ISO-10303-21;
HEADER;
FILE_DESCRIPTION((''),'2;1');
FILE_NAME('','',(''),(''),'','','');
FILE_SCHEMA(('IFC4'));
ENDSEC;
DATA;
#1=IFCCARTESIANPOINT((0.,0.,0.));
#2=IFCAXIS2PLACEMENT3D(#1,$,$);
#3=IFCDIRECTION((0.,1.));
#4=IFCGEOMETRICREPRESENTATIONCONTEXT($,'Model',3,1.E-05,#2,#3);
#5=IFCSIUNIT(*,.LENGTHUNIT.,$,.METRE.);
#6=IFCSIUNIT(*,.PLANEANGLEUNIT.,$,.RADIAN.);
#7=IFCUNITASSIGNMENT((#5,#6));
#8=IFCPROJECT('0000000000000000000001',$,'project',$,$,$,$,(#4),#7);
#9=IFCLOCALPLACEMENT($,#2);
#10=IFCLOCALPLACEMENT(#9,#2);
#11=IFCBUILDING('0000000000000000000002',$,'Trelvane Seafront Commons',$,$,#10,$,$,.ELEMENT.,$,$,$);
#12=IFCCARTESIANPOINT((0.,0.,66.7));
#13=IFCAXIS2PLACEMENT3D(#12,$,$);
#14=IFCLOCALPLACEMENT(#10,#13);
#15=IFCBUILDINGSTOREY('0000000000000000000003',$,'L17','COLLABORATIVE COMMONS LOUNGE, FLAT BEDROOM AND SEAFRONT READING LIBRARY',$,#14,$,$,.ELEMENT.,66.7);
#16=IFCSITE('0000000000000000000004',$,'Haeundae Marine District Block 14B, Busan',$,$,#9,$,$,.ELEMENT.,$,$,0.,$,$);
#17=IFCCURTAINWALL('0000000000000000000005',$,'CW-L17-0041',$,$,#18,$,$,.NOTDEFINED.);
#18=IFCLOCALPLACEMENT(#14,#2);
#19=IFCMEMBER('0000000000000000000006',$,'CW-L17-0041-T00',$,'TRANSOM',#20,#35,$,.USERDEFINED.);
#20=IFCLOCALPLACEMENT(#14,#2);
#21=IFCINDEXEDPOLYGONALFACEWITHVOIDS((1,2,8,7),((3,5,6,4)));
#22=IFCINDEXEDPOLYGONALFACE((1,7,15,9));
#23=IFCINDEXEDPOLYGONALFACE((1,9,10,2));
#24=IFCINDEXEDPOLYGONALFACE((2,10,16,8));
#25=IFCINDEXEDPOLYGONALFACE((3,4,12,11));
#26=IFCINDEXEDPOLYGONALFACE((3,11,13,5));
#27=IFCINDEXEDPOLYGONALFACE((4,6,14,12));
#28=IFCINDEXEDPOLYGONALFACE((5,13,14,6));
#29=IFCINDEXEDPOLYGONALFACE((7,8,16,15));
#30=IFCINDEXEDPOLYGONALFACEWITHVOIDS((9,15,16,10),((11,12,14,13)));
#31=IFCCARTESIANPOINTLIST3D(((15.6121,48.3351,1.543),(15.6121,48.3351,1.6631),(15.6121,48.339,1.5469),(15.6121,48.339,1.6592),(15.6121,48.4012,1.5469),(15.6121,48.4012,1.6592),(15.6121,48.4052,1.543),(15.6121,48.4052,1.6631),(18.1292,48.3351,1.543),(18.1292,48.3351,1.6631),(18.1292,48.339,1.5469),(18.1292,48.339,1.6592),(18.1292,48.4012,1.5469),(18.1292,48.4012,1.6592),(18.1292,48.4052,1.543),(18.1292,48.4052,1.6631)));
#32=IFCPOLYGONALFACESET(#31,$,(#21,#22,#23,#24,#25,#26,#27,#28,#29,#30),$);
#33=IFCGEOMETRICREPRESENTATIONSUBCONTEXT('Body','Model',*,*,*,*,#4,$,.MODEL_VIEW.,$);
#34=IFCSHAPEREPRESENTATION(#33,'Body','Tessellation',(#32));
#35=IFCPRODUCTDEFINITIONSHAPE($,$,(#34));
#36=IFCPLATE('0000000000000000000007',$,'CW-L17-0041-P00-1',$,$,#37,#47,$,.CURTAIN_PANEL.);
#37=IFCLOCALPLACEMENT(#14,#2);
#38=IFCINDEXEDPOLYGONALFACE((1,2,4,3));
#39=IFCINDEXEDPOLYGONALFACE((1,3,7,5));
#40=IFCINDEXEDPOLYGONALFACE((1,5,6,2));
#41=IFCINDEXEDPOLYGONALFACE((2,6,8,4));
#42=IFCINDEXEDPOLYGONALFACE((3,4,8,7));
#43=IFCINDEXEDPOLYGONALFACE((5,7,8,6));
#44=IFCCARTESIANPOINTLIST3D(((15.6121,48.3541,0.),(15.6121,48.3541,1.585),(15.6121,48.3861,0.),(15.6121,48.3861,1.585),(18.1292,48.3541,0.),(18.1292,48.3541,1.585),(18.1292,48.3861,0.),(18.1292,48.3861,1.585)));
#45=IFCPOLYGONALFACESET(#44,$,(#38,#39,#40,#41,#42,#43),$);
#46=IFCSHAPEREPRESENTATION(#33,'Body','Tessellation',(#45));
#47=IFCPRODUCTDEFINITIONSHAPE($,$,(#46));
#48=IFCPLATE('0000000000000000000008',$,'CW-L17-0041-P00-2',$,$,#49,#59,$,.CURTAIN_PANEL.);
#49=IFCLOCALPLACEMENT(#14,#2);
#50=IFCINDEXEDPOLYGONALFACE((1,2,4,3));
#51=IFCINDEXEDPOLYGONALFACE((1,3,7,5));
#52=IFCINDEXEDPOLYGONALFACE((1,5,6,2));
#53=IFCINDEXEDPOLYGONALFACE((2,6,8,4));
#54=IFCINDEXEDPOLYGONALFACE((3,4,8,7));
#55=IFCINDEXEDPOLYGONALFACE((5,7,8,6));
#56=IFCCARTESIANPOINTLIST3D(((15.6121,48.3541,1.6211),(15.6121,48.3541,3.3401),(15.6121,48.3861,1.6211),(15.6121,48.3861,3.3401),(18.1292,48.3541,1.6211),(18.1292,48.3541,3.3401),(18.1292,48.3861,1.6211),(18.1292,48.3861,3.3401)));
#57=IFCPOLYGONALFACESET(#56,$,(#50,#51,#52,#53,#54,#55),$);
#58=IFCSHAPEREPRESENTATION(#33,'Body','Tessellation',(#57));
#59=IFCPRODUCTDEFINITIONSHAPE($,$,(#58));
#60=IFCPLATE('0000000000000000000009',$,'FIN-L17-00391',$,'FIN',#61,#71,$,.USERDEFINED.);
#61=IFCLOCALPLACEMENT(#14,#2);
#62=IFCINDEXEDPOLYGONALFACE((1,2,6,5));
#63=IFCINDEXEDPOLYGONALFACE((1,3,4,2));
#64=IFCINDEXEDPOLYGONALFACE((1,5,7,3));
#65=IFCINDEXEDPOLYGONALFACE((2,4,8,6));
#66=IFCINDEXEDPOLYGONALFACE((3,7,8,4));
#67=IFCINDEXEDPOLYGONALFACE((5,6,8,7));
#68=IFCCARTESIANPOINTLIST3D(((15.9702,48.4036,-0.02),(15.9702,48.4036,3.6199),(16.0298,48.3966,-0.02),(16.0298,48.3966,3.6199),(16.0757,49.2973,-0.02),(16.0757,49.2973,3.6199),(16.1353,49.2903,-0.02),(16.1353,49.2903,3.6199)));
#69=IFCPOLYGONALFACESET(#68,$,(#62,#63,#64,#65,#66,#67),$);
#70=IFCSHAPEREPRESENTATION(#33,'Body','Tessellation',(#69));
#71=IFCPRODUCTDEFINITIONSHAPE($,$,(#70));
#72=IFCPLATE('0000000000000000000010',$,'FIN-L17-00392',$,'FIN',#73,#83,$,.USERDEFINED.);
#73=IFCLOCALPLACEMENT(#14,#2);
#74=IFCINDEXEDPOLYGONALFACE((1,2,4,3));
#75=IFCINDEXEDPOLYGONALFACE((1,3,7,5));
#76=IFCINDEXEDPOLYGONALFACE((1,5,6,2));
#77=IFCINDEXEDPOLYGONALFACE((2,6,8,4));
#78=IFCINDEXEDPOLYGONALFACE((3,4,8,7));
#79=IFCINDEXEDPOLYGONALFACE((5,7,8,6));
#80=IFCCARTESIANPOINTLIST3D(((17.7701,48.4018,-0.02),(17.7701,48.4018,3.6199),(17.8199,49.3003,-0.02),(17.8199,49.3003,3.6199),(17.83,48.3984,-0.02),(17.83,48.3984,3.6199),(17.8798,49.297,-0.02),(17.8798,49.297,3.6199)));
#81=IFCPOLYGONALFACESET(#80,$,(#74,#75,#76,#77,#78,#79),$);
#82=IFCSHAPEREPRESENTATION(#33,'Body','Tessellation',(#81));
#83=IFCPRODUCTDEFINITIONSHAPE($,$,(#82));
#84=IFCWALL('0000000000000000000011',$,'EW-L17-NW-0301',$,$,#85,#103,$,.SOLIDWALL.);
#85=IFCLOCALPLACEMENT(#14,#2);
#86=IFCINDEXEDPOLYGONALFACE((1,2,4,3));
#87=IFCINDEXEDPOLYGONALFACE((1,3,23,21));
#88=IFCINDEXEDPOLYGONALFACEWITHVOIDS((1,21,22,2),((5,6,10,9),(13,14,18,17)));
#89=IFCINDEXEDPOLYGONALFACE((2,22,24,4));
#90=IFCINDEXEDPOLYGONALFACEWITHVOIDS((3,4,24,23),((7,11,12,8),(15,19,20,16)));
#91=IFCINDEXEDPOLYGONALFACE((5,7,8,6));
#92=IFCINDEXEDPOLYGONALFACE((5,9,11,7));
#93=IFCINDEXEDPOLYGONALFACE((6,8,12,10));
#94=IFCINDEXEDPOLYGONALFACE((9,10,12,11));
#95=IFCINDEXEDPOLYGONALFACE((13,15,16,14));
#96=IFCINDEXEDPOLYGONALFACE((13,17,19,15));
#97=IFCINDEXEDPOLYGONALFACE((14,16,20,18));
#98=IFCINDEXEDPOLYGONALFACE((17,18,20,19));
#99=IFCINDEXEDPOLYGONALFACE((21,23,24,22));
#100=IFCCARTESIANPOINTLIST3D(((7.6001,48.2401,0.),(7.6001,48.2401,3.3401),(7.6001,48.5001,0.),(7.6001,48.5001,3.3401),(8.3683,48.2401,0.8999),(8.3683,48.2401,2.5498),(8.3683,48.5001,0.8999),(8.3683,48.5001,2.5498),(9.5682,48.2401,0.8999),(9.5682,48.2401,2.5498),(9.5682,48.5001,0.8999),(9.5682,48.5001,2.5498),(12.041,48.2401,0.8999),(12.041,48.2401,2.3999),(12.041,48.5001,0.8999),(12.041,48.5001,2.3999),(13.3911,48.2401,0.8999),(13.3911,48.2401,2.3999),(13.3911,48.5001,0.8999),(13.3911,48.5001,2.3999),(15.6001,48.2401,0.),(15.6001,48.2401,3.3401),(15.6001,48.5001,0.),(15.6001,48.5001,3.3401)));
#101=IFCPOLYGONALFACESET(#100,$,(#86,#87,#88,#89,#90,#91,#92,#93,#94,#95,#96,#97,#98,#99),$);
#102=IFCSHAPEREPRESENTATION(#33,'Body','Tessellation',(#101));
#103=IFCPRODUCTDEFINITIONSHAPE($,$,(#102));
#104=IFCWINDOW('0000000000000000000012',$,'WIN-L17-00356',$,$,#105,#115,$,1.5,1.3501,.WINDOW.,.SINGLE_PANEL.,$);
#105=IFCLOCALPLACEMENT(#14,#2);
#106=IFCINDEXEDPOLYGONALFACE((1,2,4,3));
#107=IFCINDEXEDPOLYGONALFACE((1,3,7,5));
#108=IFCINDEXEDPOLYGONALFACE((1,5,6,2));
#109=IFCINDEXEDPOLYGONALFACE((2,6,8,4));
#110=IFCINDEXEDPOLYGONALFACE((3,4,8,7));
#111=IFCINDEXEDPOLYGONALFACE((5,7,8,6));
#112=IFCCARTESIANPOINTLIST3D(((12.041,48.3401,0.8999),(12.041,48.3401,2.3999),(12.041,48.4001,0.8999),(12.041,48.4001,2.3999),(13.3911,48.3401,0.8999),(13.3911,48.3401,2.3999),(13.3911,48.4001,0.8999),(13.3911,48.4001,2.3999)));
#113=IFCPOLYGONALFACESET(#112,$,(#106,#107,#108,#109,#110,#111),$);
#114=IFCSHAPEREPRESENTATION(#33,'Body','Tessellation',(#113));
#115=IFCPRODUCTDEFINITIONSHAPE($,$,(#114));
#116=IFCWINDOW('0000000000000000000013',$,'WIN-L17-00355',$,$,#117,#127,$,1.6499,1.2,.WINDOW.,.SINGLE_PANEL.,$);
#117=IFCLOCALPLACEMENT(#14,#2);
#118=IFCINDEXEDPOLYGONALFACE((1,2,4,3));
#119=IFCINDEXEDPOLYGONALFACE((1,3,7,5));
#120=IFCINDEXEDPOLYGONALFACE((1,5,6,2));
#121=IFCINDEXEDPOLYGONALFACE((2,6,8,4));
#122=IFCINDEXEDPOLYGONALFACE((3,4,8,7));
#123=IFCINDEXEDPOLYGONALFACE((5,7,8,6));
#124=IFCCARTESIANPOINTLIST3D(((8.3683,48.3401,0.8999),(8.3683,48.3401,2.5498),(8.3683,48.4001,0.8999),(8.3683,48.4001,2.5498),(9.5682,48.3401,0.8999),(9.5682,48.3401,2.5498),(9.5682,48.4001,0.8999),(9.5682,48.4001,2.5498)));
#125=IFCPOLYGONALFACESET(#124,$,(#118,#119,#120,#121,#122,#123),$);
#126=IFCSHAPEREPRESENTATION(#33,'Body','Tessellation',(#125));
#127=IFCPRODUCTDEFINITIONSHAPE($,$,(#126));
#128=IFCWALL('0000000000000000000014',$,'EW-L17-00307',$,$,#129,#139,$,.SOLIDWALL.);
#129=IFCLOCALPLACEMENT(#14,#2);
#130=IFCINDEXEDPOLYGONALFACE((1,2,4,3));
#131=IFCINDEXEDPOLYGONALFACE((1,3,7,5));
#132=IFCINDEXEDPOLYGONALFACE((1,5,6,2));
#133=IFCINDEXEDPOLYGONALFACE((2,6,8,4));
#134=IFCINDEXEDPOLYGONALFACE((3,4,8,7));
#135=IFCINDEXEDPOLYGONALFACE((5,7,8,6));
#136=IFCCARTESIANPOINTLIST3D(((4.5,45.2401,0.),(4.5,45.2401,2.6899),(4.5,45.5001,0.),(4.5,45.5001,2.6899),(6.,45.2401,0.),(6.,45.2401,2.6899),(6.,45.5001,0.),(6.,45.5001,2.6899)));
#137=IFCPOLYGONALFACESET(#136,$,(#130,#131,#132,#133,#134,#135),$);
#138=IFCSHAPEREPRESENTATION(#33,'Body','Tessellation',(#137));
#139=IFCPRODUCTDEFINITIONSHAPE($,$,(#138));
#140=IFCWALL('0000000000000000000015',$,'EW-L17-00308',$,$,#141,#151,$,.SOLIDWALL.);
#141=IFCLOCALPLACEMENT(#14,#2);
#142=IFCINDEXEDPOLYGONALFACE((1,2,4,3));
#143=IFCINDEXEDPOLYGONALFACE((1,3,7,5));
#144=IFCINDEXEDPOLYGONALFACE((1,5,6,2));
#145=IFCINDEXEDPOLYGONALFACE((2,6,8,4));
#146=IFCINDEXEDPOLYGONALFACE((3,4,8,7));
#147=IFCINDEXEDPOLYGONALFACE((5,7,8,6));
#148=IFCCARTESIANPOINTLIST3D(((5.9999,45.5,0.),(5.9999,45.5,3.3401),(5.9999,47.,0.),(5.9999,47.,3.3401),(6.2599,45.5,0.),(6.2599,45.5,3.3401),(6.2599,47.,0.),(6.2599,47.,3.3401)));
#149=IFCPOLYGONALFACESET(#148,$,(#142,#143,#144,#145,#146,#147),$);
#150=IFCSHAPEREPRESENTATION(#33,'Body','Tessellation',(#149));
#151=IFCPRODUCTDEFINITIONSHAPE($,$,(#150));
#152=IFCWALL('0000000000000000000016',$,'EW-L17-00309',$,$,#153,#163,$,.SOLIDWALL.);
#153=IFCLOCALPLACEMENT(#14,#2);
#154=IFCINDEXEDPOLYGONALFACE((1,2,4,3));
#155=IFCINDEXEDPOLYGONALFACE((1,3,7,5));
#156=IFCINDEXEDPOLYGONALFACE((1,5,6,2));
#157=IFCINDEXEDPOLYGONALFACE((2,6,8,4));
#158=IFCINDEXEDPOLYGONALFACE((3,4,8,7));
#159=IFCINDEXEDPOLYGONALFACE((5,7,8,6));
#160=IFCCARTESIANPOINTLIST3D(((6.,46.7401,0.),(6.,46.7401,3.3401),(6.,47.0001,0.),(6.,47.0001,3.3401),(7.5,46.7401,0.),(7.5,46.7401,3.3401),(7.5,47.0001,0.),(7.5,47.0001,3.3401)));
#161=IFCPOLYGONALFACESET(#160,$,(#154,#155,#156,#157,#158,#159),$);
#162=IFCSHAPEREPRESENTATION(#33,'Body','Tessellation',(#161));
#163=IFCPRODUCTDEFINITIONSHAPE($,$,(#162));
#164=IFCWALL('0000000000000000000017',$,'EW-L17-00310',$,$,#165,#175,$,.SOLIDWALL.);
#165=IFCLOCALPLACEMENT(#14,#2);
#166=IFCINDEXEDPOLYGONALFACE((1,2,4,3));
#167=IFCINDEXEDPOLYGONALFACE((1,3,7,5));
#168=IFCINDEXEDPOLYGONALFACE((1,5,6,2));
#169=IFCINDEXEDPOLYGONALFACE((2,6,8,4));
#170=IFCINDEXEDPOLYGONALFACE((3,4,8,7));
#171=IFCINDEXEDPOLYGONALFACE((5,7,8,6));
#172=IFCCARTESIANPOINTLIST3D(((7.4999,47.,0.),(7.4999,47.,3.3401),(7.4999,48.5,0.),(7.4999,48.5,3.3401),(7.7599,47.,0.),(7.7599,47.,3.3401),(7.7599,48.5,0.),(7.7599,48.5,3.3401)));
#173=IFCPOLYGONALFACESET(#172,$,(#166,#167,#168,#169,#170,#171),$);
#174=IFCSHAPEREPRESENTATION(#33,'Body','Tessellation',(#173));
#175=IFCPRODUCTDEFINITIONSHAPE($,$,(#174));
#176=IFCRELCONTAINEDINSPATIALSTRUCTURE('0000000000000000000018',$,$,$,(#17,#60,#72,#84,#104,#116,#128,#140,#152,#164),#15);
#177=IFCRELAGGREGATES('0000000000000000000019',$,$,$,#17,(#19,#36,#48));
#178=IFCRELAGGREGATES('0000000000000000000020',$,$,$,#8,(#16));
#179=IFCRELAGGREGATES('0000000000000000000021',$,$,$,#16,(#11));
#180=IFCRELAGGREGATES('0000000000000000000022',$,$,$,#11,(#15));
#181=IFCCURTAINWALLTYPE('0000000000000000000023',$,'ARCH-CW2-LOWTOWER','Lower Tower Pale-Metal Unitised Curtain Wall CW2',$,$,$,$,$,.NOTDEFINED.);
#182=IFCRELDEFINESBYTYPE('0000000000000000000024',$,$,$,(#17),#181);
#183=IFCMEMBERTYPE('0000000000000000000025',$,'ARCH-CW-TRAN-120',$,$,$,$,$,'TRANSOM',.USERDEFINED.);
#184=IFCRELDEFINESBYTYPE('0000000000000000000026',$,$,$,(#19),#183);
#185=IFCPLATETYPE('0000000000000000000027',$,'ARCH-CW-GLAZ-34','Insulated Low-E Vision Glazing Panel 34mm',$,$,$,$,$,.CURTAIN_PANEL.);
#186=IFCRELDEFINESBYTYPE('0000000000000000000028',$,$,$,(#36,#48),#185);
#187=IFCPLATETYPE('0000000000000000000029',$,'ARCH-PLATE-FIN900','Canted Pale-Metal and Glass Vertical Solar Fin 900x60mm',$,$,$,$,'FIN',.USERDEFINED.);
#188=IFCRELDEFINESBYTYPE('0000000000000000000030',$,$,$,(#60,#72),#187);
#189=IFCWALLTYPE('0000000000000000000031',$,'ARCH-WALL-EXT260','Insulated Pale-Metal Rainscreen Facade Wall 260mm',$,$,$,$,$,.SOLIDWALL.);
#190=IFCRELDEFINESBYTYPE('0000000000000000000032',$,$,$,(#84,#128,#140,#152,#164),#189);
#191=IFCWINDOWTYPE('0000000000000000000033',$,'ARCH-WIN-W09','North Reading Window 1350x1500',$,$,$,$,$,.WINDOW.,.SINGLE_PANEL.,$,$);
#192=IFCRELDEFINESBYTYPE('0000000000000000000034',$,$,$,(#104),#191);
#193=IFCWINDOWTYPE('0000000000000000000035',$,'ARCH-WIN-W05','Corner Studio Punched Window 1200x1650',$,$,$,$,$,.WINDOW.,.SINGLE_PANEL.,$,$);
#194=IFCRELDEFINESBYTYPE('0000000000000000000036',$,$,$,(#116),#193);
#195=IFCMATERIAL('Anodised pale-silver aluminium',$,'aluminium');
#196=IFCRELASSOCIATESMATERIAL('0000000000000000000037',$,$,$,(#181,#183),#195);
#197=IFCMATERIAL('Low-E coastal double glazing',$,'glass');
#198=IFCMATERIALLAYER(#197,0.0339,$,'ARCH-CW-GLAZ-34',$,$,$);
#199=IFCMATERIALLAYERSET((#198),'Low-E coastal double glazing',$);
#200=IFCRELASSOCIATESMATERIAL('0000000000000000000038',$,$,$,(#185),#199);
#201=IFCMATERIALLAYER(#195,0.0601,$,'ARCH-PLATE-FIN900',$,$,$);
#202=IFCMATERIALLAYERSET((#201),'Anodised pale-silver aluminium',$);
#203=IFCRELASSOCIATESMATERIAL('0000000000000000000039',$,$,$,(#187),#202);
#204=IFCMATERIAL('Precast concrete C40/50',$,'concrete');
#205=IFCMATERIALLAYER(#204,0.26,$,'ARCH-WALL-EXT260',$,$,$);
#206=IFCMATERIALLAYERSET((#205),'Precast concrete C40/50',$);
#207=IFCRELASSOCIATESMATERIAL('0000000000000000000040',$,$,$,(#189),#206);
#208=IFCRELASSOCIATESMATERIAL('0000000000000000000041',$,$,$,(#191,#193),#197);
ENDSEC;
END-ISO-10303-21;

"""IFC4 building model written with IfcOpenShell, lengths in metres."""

from ifc_helpers import new_model, si_unit, direction, frame, frame_2d, origin, origin_2d, place, context, subcontext, project, spatial, rectangle, hollow_rectangle, extrude, source, transform, mapped, material, layer, layer_set, material_profile, profile_set, type_object, element, fill, aggregate, save


model = new_model("IFC4")

# Units and contexts
model_context = context("Model", 3, precision=1e-05, world=origin(), true_north=direction((0.0, 1.0)))
body_context = subcontext(model_context, "Body", "Model", "MODEL_VIEW")
ifc_project = project(units=[si_unit("LENGTHUNIT", "METRE"), si_unit("PLANEANGLEUNIT", "RADIAN")], contexts=[model_context])

# Site, building, storey
site_placement = place(None, origin())
site = spatial("IfcSite", under=ifc_project, at=site_placement, Name="Haeundae Marine District Block 14B, Busan", CompositionType="ELEMENT", RefElevation=0.0)
building_placement = place(site_placement, origin())
building = spatial("IfcBuilding", under=site, at=building_placement, Name="Trelvane Seafront Commons", CompositionType="ELEMENT")
storey_placement = place(building_placement, frame((0.0, 0.0, 66.7)))
storey = spatial("IfcBuildingStorey", under=building, at=storey_placement, Name="L17", Description="COLLABORATIVE COMMONS LOUNGE, FLAT BEDROOM AND SEAFRONT READING LIBRARY", CompositionType="ELEMENT", Elevation=66.7)

# Curtain wall, member, plates
ifc_material_1 = material(Name="Anodised pale-silver aluminium", Category="aluminium")
curtain_wall_type = type_object("IfcCurtainWallType", Name="ARCH-CW2-LOWTOWER", Description="Lower Tower Pale-Metal Unitised Curtain Wall CW2", PredefinedType="NOTDEFINED", material=ifc_material_1)
curtain_wall_placement = place(storey_placement, origin())
curtain_wall = element("IfcCurtainWall", 1, at=curtain_wall_placement, inside=storey, type_object=curtain_wall_type, Name="CW-L17-0041", PredefinedType="NOTDEFINED")
ifc_material_profile_1 = material_profile(ifc_material_1, hollow_rectangle(XDim=0.0701, YDim=0.1201, WallThickness=0.0039, at=origin_2d()), Name="TRAN-70x120x4")
ifc_profile_set_1 = profile_set([ifc_material_profile_1], Name="Anodised pale-silver aluminium")
member_type_1 = type_object("IfcMemberType", Name="ARCH-CW-TRAN-120", ElementType="TRANSOM", PredefinedType="USERDEFINED", material=ifc_profile_set_1)
shared_shape_1 = source(origin(), body_context, "Body", "SweptSolid", [
    extrude(hollow_rectangle(XDim=0.0701, YDim=0.1201, WallThickness=0.0039, at=origin_2d()), origin(), (0.0, 0.0, 1.0), 2.5171),
])
member_1_placement = place(storey_placement, frame((15.6121, 48.3701, 1.603), z_axis=(1.0, 0.0, 0.0), x_axis=(0.0, 1.0, 0.0)))
member_1 = element("IfcMember", 2, at=member_1_placement, type_object=member_type_1, Name="CW-L17-0041-T00", ObjectType="TRANSOM", PredefinedType="USERDEFINED", context=body_context, shape_type="MappedRepresentation", body=[
    mapped(shared_shape_1, transform((0.0, 0.0, 0.0), x_axis=(1.0, 0.0, 0.0), y_axis=(0.0, 1.0, 0.0), z_axis=(0.0, 0.0, 1.0), scale=1.0)),
])
ifc_material_2 = material(Name="Low-E coastal double glazing", Category="glass")
ifc_layer_1 = layer(ifc_material_2, 0.0339, Name="ARCH-CW-GLAZ-34")
ifc_layer_set_1 = layer_set([ifc_layer_1], Name="Low-E coastal double glazing")
plate_type_1 = type_object("IfcPlateType", Name="ARCH-CW-GLAZ-34", Description="Insulated Low-E Vision Glazing Panel 34mm", PredefinedType="CURTAIN_PANEL", material=ifc_layer_set_1)
shared_shape_2 = source(origin(), body_context, "Body", "SweptSolid", [
    extrude(rectangle(XDim=2.5171, YDim=0.032, at=origin_2d()), origin(), (0.0, 0.0, 1.0), 1.585),
])
plate_1_placement = place(storey_placement, frame((16.8706, 48.3701, 0.0), z_axis=(0.0, 0.0, 1.0), x_axis=(1.0, 0.0, 0.0)))
plate_1 = element("IfcPlate", 3, at=plate_1_placement, type_object=plate_type_1, Name="CW-L17-0041-P00-1", PredefinedType="CURTAIN_PANEL", context=body_context, shape_type="MappedRepresentation", body=[
    mapped(shared_shape_2, transform((0.0, 0.0, 0.0), x_axis=(1.0, 0.0, 0.0), y_axis=(0.0, 1.0, 0.0), z_axis=(0.0, 0.0, 1.0), scale=1.0)),
])
shared_shape_3 = source(origin(), body_context, "Body", "SweptSolid", [
    extrude(rectangle(XDim=2.5171, YDim=0.032, at=origin_2d()), origin(), (0.0, 0.0, 1.0), 1.719),
])
plate_2_placement = place(storey_placement, frame((16.8706, 48.3701, 1.6211), z_axis=(0.0, 0.0, 1.0), x_axis=(1.0, 0.0, 0.0)))
plate_2 = element("IfcPlate", 4, at=plate_2_placement, type_object=plate_type_1, Name="CW-L17-0041-P00-2", PredefinedType="CURTAIN_PANEL", context=body_context, shape_type="MappedRepresentation", body=[
    mapped(shared_shape_3, transform((0.0, 0.0, 0.0), x_axis=(1.0, 0.0, 0.0), y_axis=(0.0, 1.0, 0.0), z_axis=(0.0, 0.0, 1.0), scale=1.0)),
])
aggregate(curtain_wall, [member_1, plate_1, plate_2])

# Plates
ifc_layer_2 = layer(ifc_material_1, 0.0601, Name="ARCH-PLATE-FIN900")
ifc_layer_set_2 = layer_set([ifc_layer_2], Name="Anodised pale-silver aluminium")
plate_type_2 = type_object("IfcPlateType", Name="ARCH-PLATE-FIN900", Description="Canted Pale-Metal and Glass Vertical Solar Fin 900x60mm", ElementType="FIN", PredefinedType="USERDEFINED", material=ifc_layer_set_2)
shared_shape_4 = source(origin(), body_context, "Body", "SweptSolid", [
    extrude(rectangle(XDim=0.8999, YDim=0.0601, at=origin_2d()), origin(), (0.0, 0.0, 1.0), 3.6399),
])
for number, where, z_axis, x_axis, name in (
    (5, (16.0527, 48.8469, -0.02), (0.0, 0.0, 1.0), (0.117222, 0.993106, 0.0), "FIN-L17-00391"),
    (6, (17.825, 48.8494, -0.02), (0.0, 0.0, 1.0), (0.055335, 0.998468, 0.0), "FIN-L17-00392"),
):
    element("IfcPlate", number, at=place(storey_placement, frame(where, z_axis=z_axis, x_axis=x_axis)), inside=storey, type_object=plate_type_2, Name=name, ObjectType="FIN", PredefinedType="USERDEFINED", context=body_context, shape_type="MappedRepresentation", body=[
        mapped(shared_shape_4, transform((0.0, 0.0, 0.0), x_axis=(1.0, 0.0, 0.0), y_axis=(0.0, 1.0, 0.0), z_axis=(0.0, 0.0, 1.0), scale=1.0)),
    ])

# Wall, openings, windows
ifc_material_3 = material(Name="Precast concrete C40/50", Category="concrete")
ifc_layer_3 = layer(ifc_material_3, 0.26, Name="ARCH-WALL-EXT260")
ifc_layer_set_3 = layer_set([ifc_layer_3], Name="Precast concrete C40/50")
wall_type_1 = type_object("IfcWallType", Name="ARCH-WALL-EXT260", Description="Insulated Pale-Metal Rainscreen Facade Wall 260mm", PredefinedType="SOLIDWALL", material=ifc_layer_set_3)
wall_1_placement = place(storey_placement, frame((7.6001, 48.3701, 0.0), z_axis=(0.0, 0.0, 1.0), x_axis=(1.0, 0.0, 0.0)))
wall_1 = element("IfcWall", 7, at=wall_1_placement, inside=storey, type_object=wall_type_1, Name="EW-L17-NW-0301", PredefinedType="SOLIDWALL", context=body_context, shape_type="SweptSolid", body=[
    extrude(rectangle(XDim=8.0, YDim=0.26, at=frame_2d((4.0, 0.0))), origin(), (0.0, 0.0, 1.0), 3.3401),
])
opening_1_placement = place(wall_1_placement, frame((0.7681, 0.0, 0.8999)))
opening_1 = element("IfcOpeningElement", 8, at=opening_1_placement, cuts=wall_1, PredefinedType="OPENING", context=body_context, shape_type="SweptSolid", body=[
    extrude(rectangle(XDim=1.2, YDim=1.6499, at=frame_2d((0.6001, 0.825))), frame((0.0, 0.1399, 0.0), z_axis=(0.0, -1.0, 0.0), x_axis=(1.0, 0.0, 0.0)), (0.0, 0.0, 1.0), 0.28),
])
opening_2_placement = place(wall_1_placement, frame((4.4409, 0.0, 0.8999)))
opening_2 = element("IfcOpeningElement", 9, at=opening_2_placement, cuts=wall_1, PredefinedType="OPENING", context=body_context, shape_type="SweptSolid", body=[
    extrude(rectangle(XDim=1.3501, YDim=1.5, at=frame_2d((0.675, 0.75))), frame((0.0, 0.1399, 0.0), z_axis=(0.0, -1.0, 0.0), x_axis=(1.0, 0.0, 0.0)), (0.0, 0.0, 1.0), 0.28),
])
window_type_1 = type_object("IfcWindowType", Name="ARCH-WIN-W09", Description="North Reading Window 1350x1500", PartitioningType="SINGLE_PANEL", PredefinedType="WINDOW", material=ifc_material_2)
shared_shape_5 = source(origin(), body_context, "Body", "SweptSolid", [
    extrude(rectangle(XDim=1.3501, YDim=1.5, at=frame_2d((0.675, 0.75))), frame((0.0, 0.03, 0.0), z_axis=(0.0, -1.0, 0.0), x_axis=(1.0, 0.0, 0.0)), (0.0, 0.0, 1.0), 0.0601),
])
window_1_placement = place(opening_2_placement, origin())
window_1 = element("IfcWindow", 10, at=window_1_placement, inside=storey, type_object=window_type_1, Name="WIN-L17-00356", OverallHeight=1.5, OverallWidth=1.3501, PartitioningType="SINGLE_PANEL", PredefinedType="WINDOW", context=body_context, shape_type="MappedRepresentation", body=[
    mapped(shared_shape_5, transform((0.0, 0.0, 0.0), x_axis=(1.0, 0.0, 0.0), y_axis=(0.0, 1.0, 0.0), z_axis=(0.0, 0.0, 1.0), scale=1.0)),
])
fill(opening_2, window_1)
window_type_2 = type_object("IfcWindowType", Name="ARCH-WIN-W05", Description="Corner Studio Punched Window 1200x1650", PartitioningType="SINGLE_PANEL", PredefinedType="WINDOW", material=ifc_material_2)
shared_shape_6 = source(origin(), body_context, "Body", "SweptSolid", [
    extrude(rectangle(XDim=1.2, YDim=1.6499, at=frame_2d((0.6001, 0.825))), frame((0.0, 0.03, 0.0), z_axis=(0.0, -1.0, 0.0), x_axis=(1.0, 0.0, 0.0)), (0.0, 0.0, 1.0), 0.0601),
])
window_2_placement = place(opening_1_placement, origin())
window_2 = element("IfcWindow", 11, at=window_2_placement, inside=storey, type_object=window_type_2, Name="WIN-L17-00355", OverallHeight=1.6499, OverallWidth=1.2, PartitioningType="SINGLE_PANEL", PredefinedType="WINDOW", context=body_context, shape_type="MappedRepresentation", body=[
    mapped(shared_shape_6, transform((0.0, 0.0, 0.0), x_axis=(1.0, 0.0, 0.0), y_axis=(0.0, 1.0, 0.0), z_axis=(0.0, 0.0, 1.0), scale=1.0)),
])
fill(opening_1, window_2)

# Walls
wall_2_placement = place(storey_placement, frame((4.5, 45.3701, 0.0), z_axis=(0.0, 0.0, 1.0), x_axis=(1.0, 0.0, 0.0)))
element("IfcWall", 12, at=wall_2_placement, inside=storey, type_object=wall_type_1, Name="EW-L17-00307", PredefinedType="SOLIDWALL", context=body_context, shape_type="SweptSolid", body=[
    extrude(rectangle(XDim=1.5, YDim=0.26, at=frame_2d((0.75, 0.0))), origin(), (0.0, 0.0, 1.0), 2.6899),
])
for number, where, z_axis, x_axis, name in (
    (13, (6.1299, 45.5, 0.0), (0.0, 0.0, 1.0), (0.0, 1.0, 0.0), "EW-L17-00308"),
    (14, (6.0, 46.8701, 0.0), (0.0, 0.0, 1.0), (1.0, 0.0, 0.0), "EW-L17-00309"),
    (15, (7.6299, 47.0, 0.0), (0.0, 0.0, 1.0), (0.0, 1.0, 0.0), "EW-L17-00310"),
):
    element("IfcWall", number, at=place(storey_placement, frame(where, z_axis=z_axis, x_axis=x_axis)), inside=storey, type_object=wall_type_1, Name=name, PredefinedType="SOLIDWALL", context=body_context, shape_type="SweptSolid", body=[
        extrude(rectangle(XDim=1.5, YDim=0.26, at=frame_2d((0.75, 0.0))), origin(), (0.0, 0.0, 1.0), 3.3401),
    ])

save(model, "model.ifc")
